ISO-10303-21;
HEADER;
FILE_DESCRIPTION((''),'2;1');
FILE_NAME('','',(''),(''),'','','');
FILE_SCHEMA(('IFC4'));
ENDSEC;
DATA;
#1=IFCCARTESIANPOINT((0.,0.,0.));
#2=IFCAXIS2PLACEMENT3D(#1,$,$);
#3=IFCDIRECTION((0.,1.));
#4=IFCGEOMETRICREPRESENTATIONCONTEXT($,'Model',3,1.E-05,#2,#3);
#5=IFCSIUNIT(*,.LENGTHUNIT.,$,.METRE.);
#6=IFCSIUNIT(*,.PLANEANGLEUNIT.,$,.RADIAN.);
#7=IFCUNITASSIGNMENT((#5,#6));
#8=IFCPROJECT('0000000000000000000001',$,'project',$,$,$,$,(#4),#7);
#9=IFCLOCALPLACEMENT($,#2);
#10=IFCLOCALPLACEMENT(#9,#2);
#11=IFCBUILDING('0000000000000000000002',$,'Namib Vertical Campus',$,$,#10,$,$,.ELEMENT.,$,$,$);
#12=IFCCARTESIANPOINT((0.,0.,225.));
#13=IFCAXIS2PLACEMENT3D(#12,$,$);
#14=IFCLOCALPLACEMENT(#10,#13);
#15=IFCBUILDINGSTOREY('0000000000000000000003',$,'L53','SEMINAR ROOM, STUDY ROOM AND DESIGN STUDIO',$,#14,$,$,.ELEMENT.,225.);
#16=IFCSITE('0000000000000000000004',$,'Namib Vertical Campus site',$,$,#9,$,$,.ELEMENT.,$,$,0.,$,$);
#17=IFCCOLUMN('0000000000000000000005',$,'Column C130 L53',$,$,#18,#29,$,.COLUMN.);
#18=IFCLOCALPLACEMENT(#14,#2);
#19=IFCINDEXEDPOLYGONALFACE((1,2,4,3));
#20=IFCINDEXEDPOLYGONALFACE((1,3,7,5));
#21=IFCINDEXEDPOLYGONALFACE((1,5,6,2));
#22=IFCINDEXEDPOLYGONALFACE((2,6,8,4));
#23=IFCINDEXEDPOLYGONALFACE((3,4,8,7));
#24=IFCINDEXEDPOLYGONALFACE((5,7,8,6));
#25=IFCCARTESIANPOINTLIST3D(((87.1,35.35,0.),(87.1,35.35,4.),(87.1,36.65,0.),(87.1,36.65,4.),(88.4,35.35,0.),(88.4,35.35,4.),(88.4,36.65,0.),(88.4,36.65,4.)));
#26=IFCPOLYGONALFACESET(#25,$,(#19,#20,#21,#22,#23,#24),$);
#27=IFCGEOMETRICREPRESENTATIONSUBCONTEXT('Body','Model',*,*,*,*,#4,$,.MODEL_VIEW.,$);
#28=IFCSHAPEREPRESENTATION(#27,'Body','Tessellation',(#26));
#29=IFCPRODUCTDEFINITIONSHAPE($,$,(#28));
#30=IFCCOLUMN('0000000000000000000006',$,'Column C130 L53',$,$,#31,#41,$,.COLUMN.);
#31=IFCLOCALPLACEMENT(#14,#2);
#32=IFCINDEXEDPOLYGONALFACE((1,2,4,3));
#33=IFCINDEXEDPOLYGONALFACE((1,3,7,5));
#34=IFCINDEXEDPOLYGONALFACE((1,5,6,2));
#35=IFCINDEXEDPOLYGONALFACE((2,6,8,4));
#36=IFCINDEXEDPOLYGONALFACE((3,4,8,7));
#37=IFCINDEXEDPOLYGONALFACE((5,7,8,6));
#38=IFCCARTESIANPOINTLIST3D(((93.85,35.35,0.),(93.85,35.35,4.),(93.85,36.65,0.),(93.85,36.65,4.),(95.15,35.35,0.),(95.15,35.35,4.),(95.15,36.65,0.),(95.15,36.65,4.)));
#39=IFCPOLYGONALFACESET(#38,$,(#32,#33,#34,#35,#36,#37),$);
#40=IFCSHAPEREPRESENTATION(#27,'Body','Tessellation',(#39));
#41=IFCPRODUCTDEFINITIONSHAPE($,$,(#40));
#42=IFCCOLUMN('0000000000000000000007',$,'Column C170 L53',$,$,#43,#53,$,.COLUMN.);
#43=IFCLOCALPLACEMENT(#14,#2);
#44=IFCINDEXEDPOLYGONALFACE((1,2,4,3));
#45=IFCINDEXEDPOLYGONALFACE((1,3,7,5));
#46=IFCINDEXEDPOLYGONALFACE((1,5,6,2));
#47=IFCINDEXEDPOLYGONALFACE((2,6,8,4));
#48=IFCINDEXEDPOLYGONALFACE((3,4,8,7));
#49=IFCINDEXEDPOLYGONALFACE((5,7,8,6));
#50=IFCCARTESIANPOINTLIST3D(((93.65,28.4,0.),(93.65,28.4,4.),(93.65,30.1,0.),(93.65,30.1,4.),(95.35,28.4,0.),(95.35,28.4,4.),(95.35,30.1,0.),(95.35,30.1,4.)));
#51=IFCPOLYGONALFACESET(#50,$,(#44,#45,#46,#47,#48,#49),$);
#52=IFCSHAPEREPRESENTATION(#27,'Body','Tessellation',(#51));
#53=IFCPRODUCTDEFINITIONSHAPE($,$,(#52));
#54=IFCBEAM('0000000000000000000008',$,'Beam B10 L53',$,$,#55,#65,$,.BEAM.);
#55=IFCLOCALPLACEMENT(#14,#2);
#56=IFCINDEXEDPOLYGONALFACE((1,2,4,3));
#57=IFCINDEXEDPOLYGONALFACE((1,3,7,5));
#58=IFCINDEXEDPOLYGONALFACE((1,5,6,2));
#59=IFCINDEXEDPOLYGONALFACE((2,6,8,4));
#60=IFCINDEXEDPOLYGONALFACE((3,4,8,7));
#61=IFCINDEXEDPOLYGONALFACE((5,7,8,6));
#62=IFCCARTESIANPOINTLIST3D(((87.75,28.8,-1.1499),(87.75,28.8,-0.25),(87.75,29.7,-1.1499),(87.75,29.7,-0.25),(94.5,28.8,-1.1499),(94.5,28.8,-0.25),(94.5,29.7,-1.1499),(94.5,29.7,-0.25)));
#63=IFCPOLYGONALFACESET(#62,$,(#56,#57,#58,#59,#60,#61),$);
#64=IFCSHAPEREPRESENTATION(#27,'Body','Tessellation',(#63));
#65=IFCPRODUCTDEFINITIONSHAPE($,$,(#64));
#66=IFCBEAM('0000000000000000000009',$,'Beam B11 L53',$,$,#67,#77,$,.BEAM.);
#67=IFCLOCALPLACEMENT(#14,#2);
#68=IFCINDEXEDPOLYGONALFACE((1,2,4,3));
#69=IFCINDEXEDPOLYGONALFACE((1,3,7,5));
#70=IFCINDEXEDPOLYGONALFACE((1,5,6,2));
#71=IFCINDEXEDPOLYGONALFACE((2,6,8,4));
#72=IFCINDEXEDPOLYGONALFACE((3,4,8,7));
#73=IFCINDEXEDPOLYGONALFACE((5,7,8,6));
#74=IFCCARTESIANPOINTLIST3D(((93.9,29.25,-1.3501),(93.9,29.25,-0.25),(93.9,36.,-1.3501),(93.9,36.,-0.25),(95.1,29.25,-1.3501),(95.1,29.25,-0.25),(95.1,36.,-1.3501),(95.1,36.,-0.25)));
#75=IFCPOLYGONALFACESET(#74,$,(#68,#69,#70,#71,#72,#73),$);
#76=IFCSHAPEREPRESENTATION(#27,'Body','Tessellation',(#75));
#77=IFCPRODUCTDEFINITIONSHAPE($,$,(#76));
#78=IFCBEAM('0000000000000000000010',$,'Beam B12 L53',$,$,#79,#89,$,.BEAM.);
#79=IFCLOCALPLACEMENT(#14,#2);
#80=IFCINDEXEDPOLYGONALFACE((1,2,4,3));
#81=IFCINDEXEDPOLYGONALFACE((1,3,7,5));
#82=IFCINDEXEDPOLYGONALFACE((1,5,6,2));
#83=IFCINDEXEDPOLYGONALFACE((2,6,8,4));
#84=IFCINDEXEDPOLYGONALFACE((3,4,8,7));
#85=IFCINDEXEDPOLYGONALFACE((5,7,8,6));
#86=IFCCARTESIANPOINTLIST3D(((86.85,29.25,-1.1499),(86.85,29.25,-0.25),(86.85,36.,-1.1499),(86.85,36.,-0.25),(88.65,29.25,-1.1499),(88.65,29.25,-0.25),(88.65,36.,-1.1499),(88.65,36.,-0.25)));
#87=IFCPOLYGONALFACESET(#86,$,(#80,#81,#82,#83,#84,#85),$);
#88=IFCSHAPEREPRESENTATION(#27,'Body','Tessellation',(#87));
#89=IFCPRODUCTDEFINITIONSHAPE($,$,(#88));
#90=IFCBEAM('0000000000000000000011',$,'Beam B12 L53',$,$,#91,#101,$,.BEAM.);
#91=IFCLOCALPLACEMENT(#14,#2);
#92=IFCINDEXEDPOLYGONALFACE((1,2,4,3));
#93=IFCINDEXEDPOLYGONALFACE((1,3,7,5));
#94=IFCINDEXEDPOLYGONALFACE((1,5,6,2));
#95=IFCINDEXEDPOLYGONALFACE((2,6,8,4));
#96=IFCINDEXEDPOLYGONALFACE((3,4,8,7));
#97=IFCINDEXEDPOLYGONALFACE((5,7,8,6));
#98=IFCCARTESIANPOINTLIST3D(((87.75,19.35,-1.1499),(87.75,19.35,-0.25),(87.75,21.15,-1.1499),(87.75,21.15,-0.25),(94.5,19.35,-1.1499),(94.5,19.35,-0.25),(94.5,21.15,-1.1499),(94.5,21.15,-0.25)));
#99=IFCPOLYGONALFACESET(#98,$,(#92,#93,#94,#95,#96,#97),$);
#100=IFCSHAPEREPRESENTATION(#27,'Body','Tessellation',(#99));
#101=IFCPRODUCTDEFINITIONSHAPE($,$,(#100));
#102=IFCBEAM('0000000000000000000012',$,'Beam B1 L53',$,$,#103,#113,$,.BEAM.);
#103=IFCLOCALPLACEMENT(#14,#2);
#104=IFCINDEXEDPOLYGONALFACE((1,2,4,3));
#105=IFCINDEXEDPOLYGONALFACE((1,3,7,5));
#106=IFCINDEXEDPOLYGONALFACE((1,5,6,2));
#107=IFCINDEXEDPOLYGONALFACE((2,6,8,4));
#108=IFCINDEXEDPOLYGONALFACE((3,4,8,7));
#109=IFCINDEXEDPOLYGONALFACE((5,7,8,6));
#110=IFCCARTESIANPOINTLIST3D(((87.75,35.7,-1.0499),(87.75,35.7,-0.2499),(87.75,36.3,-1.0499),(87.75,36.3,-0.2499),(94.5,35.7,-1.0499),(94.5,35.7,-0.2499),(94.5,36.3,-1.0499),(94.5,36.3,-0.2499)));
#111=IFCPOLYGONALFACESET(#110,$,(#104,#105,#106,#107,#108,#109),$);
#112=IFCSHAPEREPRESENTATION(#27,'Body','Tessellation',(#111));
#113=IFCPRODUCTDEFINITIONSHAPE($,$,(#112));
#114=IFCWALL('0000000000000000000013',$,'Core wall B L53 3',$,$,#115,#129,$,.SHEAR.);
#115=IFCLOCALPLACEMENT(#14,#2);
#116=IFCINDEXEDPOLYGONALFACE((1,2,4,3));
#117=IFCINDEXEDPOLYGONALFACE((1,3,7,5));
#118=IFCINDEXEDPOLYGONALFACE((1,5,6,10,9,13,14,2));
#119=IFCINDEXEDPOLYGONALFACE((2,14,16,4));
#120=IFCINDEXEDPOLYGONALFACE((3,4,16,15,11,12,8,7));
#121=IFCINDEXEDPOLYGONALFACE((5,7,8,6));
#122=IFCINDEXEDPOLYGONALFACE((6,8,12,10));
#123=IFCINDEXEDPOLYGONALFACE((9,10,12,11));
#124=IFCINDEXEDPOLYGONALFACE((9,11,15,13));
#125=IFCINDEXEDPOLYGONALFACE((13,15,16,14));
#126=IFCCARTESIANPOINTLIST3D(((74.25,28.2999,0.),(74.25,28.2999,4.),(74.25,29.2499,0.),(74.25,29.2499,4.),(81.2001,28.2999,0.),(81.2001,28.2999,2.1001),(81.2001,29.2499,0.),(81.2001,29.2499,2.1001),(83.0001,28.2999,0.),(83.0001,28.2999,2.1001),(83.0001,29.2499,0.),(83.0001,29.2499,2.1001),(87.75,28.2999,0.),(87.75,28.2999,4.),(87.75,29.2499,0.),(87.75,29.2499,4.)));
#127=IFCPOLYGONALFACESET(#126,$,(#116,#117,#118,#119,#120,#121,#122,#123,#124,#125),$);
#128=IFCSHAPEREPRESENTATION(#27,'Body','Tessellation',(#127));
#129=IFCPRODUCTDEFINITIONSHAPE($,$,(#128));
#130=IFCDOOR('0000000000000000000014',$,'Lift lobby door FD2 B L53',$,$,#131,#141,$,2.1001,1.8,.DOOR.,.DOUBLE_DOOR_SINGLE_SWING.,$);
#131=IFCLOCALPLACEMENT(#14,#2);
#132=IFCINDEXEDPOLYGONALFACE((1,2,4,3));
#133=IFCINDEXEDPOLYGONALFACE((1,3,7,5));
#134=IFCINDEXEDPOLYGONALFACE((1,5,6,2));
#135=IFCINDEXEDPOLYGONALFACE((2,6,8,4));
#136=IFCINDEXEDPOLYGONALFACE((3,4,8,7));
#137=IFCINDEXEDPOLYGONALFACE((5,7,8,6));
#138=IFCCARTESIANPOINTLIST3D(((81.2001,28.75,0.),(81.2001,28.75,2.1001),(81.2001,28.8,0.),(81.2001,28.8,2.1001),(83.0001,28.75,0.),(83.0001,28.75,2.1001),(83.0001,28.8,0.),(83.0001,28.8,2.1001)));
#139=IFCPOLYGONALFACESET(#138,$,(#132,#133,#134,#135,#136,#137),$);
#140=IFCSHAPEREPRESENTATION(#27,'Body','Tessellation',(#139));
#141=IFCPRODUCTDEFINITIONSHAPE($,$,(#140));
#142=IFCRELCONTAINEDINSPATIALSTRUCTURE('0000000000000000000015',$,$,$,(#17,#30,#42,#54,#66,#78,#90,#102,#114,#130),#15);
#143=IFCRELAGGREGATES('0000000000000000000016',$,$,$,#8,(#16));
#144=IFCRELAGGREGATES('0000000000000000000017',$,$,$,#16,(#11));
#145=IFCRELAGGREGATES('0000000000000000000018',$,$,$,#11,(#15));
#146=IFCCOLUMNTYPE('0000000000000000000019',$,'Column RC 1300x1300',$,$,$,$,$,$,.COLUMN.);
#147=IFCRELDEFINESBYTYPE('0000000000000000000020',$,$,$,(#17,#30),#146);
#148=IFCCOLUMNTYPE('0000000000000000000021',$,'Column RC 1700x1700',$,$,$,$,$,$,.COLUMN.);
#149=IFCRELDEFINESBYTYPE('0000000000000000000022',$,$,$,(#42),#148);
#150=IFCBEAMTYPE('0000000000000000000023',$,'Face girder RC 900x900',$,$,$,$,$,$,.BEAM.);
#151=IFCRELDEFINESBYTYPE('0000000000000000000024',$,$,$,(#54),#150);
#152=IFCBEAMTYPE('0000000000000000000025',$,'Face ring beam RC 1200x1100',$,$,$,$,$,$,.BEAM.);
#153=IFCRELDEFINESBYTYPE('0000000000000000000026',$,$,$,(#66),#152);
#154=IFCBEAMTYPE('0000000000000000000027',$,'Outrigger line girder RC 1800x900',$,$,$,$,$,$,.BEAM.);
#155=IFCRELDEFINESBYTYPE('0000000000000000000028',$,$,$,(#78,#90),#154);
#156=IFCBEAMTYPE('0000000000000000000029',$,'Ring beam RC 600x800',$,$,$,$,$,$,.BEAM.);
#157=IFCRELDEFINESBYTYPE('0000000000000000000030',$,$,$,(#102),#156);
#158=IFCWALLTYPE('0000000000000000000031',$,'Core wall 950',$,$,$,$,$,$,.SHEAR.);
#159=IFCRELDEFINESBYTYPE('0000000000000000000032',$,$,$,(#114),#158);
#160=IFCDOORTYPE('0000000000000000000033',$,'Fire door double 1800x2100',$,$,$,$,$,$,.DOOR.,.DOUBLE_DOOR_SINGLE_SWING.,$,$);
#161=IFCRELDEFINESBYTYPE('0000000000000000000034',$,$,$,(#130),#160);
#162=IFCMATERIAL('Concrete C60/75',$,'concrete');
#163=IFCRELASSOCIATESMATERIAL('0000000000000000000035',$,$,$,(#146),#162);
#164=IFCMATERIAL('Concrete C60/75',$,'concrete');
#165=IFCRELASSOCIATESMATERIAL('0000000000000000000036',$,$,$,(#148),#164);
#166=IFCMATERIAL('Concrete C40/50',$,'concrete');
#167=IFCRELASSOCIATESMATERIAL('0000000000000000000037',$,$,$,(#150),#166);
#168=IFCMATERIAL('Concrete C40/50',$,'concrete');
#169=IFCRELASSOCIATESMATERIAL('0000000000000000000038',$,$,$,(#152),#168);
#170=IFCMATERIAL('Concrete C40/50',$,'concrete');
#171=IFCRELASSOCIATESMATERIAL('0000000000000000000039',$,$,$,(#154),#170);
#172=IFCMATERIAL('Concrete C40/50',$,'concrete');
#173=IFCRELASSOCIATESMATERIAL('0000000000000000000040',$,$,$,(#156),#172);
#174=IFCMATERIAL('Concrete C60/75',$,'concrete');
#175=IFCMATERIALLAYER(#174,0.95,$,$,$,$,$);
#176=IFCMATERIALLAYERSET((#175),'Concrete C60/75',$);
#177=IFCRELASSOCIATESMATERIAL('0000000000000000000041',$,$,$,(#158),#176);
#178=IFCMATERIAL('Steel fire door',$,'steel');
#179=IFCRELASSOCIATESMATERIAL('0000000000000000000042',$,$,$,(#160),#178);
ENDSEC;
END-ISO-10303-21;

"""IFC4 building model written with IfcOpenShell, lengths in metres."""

from ifc_helpers import new_model, si_unit, direction, frame, frame_2d, origin, origin_2d, place, context, subcontext, project, spatial, rectangle, extrude, material, layer, layer_set, material_profile, profile_set, type_object, element, fill, save


model = new_model("IFC4")

# Units and contexts
model_context = context("Model", 3, precision=1e-05, world=origin(), true_north=direction((0.0, 1.0)))
body_context = subcontext(model_context, "Body", "Model", "MODEL_VIEW")
ifc_project = project(units=[si_unit("LENGTHUNIT", "METRE"), si_unit("PLANEANGLEUNIT", "RADIAN")], contexts=[model_context])

# Site, building, storey
site_placement = place(None, origin())
site = spatial("IfcSite", under=ifc_project, at=site_placement, Name="Namib Vertical Campus site", CompositionType="ELEMENT", RefElevation=0.0)
building_placement = place(site_placement, origin())
building = spatial("IfcBuilding", under=site, at=building_placement, Name="Namib Vertical Campus", CompositionType="ELEMENT")
storey_placement = place(building_placement, frame((0.0, 0.0, 225.0)))
storey = spatial("IfcBuildingStorey", under=building, at=storey_placement, Name="L53", Description="SEMINAR ROOM, STUDY ROOM AND DESIGN STUDIO", CompositionType="ELEMENT", Elevation=225.0)

# Columns
ifc_material_1 = material(Name="Concrete C60/75", Category="concrete")
ifc_material_profile_1 = material_profile(ifc_material_1, rectangle(XDim=1.3, YDim=1.3, at=origin_2d()))
ifc_profile_set_1 = profile_set([ifc_material_profile_1], Name="Concrete C60/75")
column_type_1 = type_object("IfcColumnType", Name="Column RC 1300x1300", PredefinedType="COLUMN", material=ifc_profile_set_1)
for number, where, z_axis, x_axis, name in (
    (1, (87.75, 36.0, 0.0), (0.0, 0.0, 1.0), (1.0, 0.0, 0.0), "Column C130 L53"),
    (2, (94.5, 36.0, 0.0), (0.0, 0.0, 1.0), (1.0, 0.0, 0.0), "Column C130 L53"),
):
    element("IfcColumn", number, at=place(storey_placement, frame(where, z_axis=z_axis, x_axis=x_axis)), inside=storey, type_object=column_type_1, Name=name, PredefinedType="COLUMN", context=body_context, shape_type="SweptSolid", body=[
        extrude(rectangle(XDim=1.3, YDim=1.3, at=origin_2d()), origin(), (0.0, 0.0, 1.0), 4.0),
    ])
ifc_material_2 = material(Name="Concrete C60/75", Category="concrete")
ifc_material_profile_2 = material_profile(ifc_material_2, rectangle(XDim=1.7, YDim=1.7, at=origin_2d()))
ifc_profile_set_2 = profile_set([ifc_material_profile_2], Name="Concrete C60/75")
column_type_2 = type_object("IfcColumnType", Name="Column RC 1700x1700", PredefinedType="COLUMN", material=ifc_profile_set_2)
column_placement = place(storey_placement, frame((94.5, 29.25, 0.0), z_axis=(0.0, 0.0, 1.0), x_axis=(1.0, 0.0, 0.0)))
element("IfcColumn", 3, at=column_placement, inside=storey, type_object=column_type_2, Name="Column C170 L53", PredefinedType="COLUMN", context=body_context, shape_type="SweptSolid", body=[
    extrude(rectangle(XDim=1.7, YDim=1.7, at=origin_2d()), origin(), (0.0, 0.0, 1.0), 4.0),
])

# Beams
ifc_material_3 = material(Name="Concrete C40/50", Category="concrete")
ifc_material_profile_3 = material_profile(ifc_material_3, rectangle(XDim=0.8999, YDim=0.8999, at=origin_2d()))
ifc_profile_set_3 = profile_set([ifc_material_profile_3], Name="Concrete C40/50")
beam_type_1 = type_object("IfcBeamType", Name="Face girder RC 900x900", PredefinedType="BEAM", material=ifc_profile_set_3)
beam_1_placement = place(storey_placement, frame((94.5, 29.25, -0.7), z_axis=(-1.0, 0.0, 0.0), x_axis=(0.0, -1.0, 0.0)))
element("IfcBeam", 4, at=beam_1_placement, inside=storey, type_object=beam_type_1, Name="Beam B10 L53", PredefinedType="BEAM", context=body_context, shape_type="SweptSolid", body=[
    extrude(rectangle(XDim=0.8999, YDim=0.8999, at=origin_2d()), origin(), (0.0, 0.0, 1.0), 6.75),
])
ifc_material_4 = material(Name="Concrete C40/50", Category="concrete")
ifc_material_profile_4 = material_profile(ifc_material_4, rectangle(XDim=1.2, YDim=1.1001, at=origin_2d()))
ifc_profile_set_4 = profile_set([ifc_material_profile_4], Name="Concrete C40/50")
beam_type_2 = type_object("IfcBeamType", Name="Face ring beam RC 1200x1100", PredefinedType="BEAM", material=ifc_profile_set_4)
beam_2_placement = place(storey_placement, frame((94.5, 29.25, -0.8), z_axis=(0.0, 1.0, 0.0), x_axis=(-1.0, 0.0, 0.0)))
element("IfcBeam", 5, at=beam_2_placement, inside=storey, type_object=beam_type_2, Name="Beam B11 L53", PredefinedType="BEAM", context=body_context, shape_type="SweptSolid", body=[
    extrude(rectangle(XDim=1.2, YDim=1.1001, at=origin_2d()), origin(), (0.0, 0.0, 1.0), 6.75),
])
ifc_material_5 = material(Name="Concrete C40/50", Category="concrete")
ifc_material_profile_5 = material_profile(ifc_material_5, rectangle(XDim=1.8, YDim=0.8999, at=origin_2d()))
ifc_profile_set_5 = profile_set([ifc_material_profile_5], Name="Concrete C40/50")
beam_type_3 = type_object("IfcBeamType", Name="Outrigger line girder RC 1800x900", PredefinedType="BEAM", material=ifc_profile_set_5)
for number, where, z_axis, x_axis, name in (
    (6, (87.75, 36.0, -0.7), (0.0, -1.0, 0.0), (1.0, 0.0, 0.0), "Beam B12 L53"),
    (7, (94.5, 20.25, -0.7), (-1.0, 0.0, 0.0), (0.0, -1.0, 0.0), "Beam B12 L53"),
):
    element("IfcBeam", number, at=place(storey_placement, frame(where, z_axis=z_axis, x_axis=x_axis)), inside=storey, type_object=beam_type_3, Name=name, PredefinedType="BEAM", context=body_context, shape_type="SweptSolid", body=[
        extrude(rectangle(XDim=1.8, YDim=0.8999, at=origin_2d()), origin(), (0.0, 0.0, 1.0), 6.75),
    ])
ifc_material_6 = material(Name="Concrete C40/50", Category="concrete")
ifc_material_profile_6 = material_profile(ifc_material_6, rectangle(XDim=0.6001, YDim=0.8, at=origin_2d()))
ifc_profile_set_6 = profile_set([ifc_material_profile_6], Name="Concrete C40/50")
beam_type_4 = type_object("IfcBeamType", Name="Ring beam RC 600x800", PredefinedType="BEAM", material=ifc_profile_set_6)
beam_3_placement = place(storey_placement, frame((87.75, 36.0, -0.6499), z_axis=(1.0, 0.0, 0.0), x_axis=(0.0, 1.0, 0.0)))
element("IfcBeam", 8, at=beam_3_placement, inside=storey, type_object=beam_type_4, Name="Beam B1 L53", PredefinedType="BEAM", context=body_context, shape_type="SweptSolid", body=[
    extrude(rectangle(XDim=0.6001, YDim=0.8, at=origin_2d()), origin(), (0.0, 0.0, 1.0), 6.75),
])

# Wall, opening, door
ifc_material_7 = material(Name="Concrete C60/75", Category="concrete")
ifc_layer_1 = layer(ifc_material_7, 0.95)
ifc_layer_set_1 = layer_set([ifc_layer_1], Name="Concrete C60/75")
wall_type_1 = type_object("IfcWallType", Name="Core wall 950", PredefinedType="SHEAR", material=ifc_layer_set_1)
wall_1_placement = place(storey_placement, frame((87.75, 28.7749, 0.0), z_axis=(0.0, 0.0, 1.0), x_axis=(-1.0, 0.0, 0.0)))
wall_1 = element("IfcWall", 9, at=wall_1_placement, inside=storey, type_object=wall_type_1, Name="Core wall B L53 3", PredefinedType="SHEAR", context=body_context, shape_type="SweptSolid", body=[
    extrude(rectangle(XDim=13.5, YDim=0.95, at=frame_2d((6.75, 0.0))), origin(), (0.0, 0.0, 1.0), 4.0),
])
opening_1_placement = place(wall_1_placement, frame((4.75, 0.0, 0.0)))
opening_1 = element("IfcOpeningElement", 10, at=opening_1_placement, cuts=wall_1, PredefinedType="OPENING", context=body_context, shape_type="SweptSolid", body=[
    extrude(rectangle(XDim=1.8, YDim=2.1001, at=frame_2d((0.8999, 1.05))), frame((0.0, 0.4849, 0.0), z_axis=(0.0, -1.0, 0.0), x_axis=(1.0, 0.0, 0.0)), (0.0, 0.0, 1.0), 0.97),
])
ifc_material_8 = material(Name="Steel fire door", Category="steel")
door_type_1 = type_object("IfcDoorType", Name="Fire door double 1800x2100", OperationType="DOUBLE_DOOR_SINGLE_SWING", PredefinedType="DOOR", material=ifc_material_8)
door_1_placement = place(opening_1_placement, origin())
door_1 = element("IfcDoor", 11, at=door_1_placement, inside=storey, type_object=door_type_1, Name="Lift lobby door FD2 B L53", OperationType="DOUBLE_DOOR_SINGLE_SWING", OverallHeight=2.1001, OverallWidth=1.8, PredefinedType="DOOR", context=body_context, shape_type="SweptSolid", body=[
    extrude(rectangle(XDim=1.8, YDim=2.1001, at=frame_2d((0.8999, 1.05))), frame((0.0, 0.0249, 0.0), z_axis=(0.0, -1.0, 0.0), x_axis=(1.0, 0.0, 0.0)), (0.0, 0.0, 1.0), 0.05),
])
fill(opening_1, door_1)

save(model, "model.ifc")
